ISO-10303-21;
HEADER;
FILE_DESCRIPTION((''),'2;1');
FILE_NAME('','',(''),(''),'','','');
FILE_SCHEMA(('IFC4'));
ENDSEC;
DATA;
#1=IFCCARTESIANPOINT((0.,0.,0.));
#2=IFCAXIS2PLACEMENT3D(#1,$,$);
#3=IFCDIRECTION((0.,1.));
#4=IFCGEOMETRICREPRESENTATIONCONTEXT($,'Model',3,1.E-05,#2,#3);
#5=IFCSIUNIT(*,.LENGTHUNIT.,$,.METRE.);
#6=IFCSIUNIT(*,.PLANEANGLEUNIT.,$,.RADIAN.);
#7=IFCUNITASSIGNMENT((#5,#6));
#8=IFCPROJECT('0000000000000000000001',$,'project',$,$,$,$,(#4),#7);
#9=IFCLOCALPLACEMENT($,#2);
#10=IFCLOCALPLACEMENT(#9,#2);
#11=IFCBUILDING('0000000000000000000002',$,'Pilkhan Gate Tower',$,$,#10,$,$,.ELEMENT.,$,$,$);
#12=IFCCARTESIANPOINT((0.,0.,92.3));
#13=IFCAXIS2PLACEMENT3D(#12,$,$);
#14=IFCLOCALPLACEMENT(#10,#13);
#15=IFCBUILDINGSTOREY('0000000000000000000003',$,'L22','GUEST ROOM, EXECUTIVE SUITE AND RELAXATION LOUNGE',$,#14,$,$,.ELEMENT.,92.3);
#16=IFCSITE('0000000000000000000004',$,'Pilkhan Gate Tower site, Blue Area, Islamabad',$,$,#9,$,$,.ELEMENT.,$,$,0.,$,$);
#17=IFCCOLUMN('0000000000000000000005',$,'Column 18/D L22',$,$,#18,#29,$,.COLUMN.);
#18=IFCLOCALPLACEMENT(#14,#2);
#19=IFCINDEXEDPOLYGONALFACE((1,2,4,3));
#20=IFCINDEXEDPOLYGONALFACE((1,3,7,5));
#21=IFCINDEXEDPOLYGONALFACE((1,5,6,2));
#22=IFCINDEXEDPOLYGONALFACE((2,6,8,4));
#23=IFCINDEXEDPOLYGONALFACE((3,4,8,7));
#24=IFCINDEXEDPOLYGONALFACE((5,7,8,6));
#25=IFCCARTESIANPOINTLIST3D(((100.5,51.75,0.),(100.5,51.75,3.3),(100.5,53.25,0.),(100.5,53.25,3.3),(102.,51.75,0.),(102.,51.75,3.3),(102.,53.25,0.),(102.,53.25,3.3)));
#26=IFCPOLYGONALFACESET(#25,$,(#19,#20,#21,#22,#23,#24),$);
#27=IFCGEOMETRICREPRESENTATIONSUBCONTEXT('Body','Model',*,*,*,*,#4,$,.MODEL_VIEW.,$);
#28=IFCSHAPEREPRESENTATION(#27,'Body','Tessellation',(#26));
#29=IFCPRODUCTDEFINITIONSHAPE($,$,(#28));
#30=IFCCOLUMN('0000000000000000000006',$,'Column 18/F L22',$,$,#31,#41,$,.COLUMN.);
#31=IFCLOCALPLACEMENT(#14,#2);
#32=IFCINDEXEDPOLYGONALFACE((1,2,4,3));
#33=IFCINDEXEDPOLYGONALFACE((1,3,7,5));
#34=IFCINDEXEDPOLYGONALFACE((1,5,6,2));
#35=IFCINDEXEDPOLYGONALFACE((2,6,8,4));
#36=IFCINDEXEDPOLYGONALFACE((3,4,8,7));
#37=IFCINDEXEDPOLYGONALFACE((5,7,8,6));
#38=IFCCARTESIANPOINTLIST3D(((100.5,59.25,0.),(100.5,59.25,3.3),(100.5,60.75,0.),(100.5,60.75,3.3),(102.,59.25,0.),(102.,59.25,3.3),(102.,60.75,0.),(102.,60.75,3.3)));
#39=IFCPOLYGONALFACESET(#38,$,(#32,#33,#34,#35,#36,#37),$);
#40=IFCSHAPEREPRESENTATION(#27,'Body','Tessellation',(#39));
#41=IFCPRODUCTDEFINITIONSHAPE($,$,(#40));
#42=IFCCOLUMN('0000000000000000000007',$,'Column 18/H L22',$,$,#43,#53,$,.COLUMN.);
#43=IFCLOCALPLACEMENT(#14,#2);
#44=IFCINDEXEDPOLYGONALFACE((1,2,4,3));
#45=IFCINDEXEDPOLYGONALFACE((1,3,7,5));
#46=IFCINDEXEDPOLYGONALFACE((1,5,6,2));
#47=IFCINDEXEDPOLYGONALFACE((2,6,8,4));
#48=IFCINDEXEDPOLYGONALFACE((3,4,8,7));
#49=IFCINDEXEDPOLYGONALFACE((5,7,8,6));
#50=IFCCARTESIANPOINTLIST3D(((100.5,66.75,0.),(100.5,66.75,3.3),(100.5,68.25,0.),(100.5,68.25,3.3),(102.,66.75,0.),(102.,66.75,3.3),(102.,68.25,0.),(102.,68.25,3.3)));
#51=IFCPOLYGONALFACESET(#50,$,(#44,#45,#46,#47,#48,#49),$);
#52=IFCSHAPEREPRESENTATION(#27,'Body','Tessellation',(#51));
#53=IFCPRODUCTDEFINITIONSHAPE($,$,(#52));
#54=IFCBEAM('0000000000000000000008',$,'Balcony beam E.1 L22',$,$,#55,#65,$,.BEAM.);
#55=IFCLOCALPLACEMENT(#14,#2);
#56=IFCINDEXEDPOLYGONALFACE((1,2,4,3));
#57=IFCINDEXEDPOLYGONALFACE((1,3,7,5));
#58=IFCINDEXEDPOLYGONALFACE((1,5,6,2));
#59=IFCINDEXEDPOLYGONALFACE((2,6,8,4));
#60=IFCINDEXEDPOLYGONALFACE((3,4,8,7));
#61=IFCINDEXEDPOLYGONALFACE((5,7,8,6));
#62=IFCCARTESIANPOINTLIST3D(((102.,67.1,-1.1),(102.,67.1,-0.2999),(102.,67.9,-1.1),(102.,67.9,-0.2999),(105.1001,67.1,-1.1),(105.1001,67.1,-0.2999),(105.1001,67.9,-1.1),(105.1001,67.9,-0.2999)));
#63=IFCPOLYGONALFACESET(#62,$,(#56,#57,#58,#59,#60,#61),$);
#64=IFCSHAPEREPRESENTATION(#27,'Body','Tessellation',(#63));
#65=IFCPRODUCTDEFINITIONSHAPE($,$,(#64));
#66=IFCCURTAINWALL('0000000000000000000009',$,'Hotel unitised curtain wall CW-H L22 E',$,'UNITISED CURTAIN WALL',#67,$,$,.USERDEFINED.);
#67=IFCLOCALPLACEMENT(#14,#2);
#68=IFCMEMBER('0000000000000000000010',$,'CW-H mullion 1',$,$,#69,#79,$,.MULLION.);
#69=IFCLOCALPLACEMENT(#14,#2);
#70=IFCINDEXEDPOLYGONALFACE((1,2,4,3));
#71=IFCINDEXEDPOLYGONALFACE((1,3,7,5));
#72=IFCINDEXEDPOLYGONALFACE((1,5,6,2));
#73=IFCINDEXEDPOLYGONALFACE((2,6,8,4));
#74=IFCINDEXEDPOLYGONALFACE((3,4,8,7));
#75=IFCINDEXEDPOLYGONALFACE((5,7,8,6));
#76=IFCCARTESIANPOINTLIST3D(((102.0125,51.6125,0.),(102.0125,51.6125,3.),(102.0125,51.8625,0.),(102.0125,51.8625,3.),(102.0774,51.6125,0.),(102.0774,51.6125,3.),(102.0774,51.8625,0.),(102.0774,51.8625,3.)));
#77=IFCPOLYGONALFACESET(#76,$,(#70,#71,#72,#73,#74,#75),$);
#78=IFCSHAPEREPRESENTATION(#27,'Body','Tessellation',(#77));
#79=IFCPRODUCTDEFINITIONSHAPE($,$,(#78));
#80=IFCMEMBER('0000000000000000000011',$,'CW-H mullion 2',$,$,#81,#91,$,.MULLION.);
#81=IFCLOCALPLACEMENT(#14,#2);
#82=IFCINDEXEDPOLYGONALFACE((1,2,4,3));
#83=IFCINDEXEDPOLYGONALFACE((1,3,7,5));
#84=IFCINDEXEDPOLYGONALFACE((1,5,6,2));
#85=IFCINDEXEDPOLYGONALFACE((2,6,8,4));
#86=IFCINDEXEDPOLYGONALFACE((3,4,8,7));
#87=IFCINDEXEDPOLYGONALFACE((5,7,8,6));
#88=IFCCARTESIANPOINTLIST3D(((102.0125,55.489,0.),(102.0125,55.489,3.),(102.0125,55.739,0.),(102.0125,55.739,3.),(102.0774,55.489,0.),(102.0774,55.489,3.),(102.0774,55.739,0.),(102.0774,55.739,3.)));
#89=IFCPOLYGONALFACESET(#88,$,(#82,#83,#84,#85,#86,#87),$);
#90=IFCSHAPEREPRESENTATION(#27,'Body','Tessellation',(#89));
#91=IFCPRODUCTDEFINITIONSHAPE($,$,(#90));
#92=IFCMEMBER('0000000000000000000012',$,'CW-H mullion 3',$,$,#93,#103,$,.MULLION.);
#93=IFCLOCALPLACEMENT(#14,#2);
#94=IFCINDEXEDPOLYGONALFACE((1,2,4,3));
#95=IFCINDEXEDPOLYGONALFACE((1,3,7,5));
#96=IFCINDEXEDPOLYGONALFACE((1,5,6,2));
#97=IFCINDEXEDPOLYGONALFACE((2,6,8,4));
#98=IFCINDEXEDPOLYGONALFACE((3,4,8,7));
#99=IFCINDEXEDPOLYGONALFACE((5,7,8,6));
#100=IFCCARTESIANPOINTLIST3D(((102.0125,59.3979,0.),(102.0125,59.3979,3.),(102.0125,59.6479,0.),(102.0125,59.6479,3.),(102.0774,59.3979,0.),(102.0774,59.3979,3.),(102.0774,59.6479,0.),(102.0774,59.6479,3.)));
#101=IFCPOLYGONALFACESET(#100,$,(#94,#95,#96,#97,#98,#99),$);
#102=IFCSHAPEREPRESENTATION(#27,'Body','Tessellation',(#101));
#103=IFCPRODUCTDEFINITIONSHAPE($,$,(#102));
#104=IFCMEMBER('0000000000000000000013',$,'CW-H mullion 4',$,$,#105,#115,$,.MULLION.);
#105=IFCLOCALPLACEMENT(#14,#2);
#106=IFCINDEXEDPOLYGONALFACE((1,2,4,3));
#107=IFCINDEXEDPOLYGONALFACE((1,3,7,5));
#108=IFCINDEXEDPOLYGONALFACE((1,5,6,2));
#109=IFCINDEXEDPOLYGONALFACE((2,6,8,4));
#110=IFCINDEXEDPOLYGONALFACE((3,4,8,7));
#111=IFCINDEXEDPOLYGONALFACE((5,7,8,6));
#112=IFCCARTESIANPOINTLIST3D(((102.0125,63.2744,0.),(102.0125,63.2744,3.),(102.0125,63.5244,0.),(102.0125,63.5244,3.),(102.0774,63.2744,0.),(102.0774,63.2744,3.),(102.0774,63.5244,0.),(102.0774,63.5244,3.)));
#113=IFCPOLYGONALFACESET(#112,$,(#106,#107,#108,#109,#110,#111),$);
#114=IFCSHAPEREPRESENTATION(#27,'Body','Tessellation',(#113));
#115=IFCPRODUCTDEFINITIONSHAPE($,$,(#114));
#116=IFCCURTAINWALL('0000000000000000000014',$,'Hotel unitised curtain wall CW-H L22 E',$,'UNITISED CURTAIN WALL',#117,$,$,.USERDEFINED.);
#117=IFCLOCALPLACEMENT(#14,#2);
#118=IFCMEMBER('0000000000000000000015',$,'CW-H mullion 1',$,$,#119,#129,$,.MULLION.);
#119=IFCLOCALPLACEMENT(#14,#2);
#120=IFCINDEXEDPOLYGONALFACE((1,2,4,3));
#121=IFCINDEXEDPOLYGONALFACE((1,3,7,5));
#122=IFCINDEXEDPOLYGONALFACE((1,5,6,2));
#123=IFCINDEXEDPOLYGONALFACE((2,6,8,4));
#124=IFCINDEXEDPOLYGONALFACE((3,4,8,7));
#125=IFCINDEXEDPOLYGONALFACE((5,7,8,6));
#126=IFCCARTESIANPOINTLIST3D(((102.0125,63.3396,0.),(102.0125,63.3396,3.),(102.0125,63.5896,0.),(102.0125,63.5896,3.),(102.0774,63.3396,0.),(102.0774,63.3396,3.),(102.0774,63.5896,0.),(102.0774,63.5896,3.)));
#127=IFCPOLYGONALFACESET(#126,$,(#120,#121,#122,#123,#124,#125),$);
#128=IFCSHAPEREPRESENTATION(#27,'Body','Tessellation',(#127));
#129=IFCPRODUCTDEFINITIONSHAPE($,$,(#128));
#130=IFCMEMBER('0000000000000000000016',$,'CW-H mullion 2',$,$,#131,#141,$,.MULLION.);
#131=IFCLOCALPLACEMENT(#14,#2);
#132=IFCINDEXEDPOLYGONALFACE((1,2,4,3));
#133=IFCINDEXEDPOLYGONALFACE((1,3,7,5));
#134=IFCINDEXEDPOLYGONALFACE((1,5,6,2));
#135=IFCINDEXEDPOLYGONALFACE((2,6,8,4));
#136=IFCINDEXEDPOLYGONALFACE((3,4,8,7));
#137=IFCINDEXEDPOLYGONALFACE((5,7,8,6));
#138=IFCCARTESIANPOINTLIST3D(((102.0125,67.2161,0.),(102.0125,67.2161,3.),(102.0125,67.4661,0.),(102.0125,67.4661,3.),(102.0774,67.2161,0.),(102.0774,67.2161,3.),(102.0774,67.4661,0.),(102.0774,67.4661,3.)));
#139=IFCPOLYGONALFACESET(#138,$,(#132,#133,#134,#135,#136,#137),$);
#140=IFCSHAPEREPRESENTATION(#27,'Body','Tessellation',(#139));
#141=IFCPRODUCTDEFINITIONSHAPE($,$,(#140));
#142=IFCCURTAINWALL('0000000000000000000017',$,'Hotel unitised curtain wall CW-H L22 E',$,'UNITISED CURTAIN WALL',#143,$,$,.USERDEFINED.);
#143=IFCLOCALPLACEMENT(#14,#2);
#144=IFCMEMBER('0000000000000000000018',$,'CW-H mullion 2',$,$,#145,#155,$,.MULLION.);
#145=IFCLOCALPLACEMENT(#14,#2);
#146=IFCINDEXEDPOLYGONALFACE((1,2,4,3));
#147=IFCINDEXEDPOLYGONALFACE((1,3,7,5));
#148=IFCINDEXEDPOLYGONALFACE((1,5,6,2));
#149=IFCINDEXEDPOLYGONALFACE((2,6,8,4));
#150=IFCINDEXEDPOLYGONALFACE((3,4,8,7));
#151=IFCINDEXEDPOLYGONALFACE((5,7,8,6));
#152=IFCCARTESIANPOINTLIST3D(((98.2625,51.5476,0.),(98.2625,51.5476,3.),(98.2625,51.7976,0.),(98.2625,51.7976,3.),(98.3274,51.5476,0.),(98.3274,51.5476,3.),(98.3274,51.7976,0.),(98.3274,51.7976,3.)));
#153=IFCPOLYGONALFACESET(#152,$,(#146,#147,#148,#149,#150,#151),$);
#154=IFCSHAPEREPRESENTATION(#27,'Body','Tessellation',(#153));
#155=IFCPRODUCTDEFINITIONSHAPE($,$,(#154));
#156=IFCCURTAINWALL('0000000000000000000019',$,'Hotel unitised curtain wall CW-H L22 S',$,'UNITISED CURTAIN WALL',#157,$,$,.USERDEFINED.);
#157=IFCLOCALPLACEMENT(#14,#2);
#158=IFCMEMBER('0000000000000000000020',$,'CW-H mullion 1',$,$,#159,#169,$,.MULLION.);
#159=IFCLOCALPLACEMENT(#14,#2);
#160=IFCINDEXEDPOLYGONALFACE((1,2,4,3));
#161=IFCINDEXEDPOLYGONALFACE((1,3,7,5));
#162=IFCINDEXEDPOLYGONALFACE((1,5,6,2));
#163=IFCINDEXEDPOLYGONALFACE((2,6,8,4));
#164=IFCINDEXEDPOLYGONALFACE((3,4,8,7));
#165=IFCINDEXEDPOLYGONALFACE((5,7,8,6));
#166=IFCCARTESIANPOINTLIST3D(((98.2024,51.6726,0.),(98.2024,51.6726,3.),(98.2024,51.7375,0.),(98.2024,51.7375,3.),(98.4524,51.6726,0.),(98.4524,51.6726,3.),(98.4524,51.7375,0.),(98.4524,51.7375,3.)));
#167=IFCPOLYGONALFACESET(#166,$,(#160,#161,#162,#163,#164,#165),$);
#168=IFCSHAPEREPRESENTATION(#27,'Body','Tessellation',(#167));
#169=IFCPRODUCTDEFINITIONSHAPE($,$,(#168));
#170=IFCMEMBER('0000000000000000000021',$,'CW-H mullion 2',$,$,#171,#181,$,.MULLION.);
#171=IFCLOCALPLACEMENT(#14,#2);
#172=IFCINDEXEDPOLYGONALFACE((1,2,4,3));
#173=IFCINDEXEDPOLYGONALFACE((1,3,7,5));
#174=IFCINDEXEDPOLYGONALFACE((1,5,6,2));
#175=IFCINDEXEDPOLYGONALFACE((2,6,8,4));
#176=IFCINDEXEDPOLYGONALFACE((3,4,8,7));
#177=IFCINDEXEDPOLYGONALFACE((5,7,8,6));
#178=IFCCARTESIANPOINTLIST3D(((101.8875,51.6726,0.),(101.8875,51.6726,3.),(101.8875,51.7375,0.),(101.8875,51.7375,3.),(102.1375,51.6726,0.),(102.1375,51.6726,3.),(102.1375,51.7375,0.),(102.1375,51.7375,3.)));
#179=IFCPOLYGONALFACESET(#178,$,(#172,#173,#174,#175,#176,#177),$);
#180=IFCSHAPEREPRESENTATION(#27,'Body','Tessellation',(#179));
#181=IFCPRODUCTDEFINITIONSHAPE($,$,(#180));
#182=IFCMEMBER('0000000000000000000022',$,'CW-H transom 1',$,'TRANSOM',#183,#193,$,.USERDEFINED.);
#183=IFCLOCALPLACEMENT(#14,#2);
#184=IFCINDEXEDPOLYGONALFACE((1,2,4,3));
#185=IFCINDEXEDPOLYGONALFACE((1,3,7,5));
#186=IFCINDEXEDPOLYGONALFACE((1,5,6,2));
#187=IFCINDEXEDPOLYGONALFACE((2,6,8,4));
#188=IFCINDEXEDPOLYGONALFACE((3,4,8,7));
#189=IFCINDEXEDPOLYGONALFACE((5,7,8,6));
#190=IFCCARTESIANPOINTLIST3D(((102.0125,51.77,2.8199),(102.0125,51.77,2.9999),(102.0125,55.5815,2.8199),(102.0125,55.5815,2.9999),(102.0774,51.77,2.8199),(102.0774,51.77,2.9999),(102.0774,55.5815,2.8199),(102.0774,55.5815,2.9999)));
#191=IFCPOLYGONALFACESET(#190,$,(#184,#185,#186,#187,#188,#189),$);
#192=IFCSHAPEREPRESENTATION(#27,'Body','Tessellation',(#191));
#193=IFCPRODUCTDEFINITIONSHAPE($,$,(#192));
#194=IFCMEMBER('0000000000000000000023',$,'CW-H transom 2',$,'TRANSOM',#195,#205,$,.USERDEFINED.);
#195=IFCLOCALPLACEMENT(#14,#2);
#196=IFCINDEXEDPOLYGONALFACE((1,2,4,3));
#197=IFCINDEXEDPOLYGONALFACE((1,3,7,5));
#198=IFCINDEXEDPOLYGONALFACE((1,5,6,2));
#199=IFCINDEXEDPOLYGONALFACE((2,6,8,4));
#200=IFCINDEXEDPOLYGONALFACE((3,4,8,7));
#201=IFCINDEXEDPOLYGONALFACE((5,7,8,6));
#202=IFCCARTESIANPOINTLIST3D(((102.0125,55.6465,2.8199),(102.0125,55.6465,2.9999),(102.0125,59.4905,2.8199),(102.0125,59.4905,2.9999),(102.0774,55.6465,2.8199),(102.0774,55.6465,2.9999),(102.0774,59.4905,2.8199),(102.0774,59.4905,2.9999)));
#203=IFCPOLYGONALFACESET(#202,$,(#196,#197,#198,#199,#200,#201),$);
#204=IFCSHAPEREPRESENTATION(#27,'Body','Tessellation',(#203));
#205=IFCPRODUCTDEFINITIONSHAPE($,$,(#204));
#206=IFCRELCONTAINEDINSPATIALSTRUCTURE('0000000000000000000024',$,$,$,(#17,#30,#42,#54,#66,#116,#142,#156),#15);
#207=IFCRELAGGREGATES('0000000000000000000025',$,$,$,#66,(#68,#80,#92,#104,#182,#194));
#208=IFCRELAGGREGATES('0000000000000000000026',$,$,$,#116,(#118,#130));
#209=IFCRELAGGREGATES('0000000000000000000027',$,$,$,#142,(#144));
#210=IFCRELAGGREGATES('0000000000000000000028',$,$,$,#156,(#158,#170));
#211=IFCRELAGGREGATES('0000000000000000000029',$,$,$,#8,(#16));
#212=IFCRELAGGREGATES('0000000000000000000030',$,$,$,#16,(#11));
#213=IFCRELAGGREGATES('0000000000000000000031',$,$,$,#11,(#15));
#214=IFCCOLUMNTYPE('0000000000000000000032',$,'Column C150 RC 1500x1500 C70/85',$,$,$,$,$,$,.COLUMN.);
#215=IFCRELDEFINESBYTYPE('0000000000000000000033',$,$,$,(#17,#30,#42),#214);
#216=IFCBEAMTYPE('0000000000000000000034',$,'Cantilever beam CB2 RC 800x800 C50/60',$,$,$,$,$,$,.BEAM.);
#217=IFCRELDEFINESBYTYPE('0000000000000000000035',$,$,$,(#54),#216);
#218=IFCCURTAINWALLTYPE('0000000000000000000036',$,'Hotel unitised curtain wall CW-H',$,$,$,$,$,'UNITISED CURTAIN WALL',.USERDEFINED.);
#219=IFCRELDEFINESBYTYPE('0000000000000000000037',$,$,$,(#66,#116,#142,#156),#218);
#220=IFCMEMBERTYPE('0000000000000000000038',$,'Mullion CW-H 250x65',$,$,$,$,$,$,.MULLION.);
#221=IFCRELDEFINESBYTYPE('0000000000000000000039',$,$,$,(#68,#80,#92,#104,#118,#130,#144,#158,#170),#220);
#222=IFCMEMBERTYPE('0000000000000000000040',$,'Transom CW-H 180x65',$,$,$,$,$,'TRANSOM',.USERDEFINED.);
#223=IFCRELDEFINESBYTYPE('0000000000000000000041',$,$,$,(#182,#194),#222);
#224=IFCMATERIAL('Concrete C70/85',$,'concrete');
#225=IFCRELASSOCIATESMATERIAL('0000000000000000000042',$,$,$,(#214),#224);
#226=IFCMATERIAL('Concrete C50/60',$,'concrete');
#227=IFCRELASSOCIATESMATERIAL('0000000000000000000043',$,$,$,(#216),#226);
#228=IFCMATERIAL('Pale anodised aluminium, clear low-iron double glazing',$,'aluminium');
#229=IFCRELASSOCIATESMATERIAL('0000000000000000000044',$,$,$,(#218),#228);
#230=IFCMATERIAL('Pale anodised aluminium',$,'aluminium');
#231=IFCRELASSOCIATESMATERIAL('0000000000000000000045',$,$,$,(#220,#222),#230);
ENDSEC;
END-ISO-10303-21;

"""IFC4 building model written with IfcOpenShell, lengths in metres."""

from ifc_helpers import new_model, si_unit, direction, frame, origin, origin_2d, place, context, subcontext, project, spatial, rectangle, extrude, material, material_profile, profile_set, type_object, element, aggregate, save


model = new_model("IFC4")

# Units and contexts
model_context = context("Model", 3, precision=1e-05, world=origin(), true_north=direction((0.0, 1.0)))
body_context = subcontext(model_context, "Body", "Model", "MODEL_VIEW")
ifc_project = project(units=[si_unit("LENGTHUNIT", "METRE"), si_unit("PLANEANGLEUNIT", "RADIAN")], contexts=[model_context])

# Site, building, storey
site_placement = place(None, origin())
site = spatial("IfcSite", under=ifc_project, at=site_placement, Name="Pilkhan Gate Tower site, Blue Area, Islamabad", CompositionType="ELEMENT", RefElevation=0.0)
building_placement = place(site_placement, origin())
building = spatial("IfcBuilding", under=site, at=building_placement, Name="Pilkhan Gate Tower", CompositionType="ELEMENT")
storey_placement = place(building_placement, frame((0.0, 0.0, 92.3)))
storey = spatial("IfcBuildingStorey", under=building, at=storey_placement, Name="L22", Description="GUEST ROOM, EXECUTIVE SUITE AND RELAXATION LOUNGE", CompositionType="ELEMENT", Elevation=92.3)

# Columns
ifc_material_1 = material(Name="Concrete C70/85", Category="concrete")
ifc_material_profile_1 = material_profile(ifc_material_1, rectangle(XDim=1.5, YDim=1.5, at=origin_2d()), Name="RC 1500x1500")
ifc_profile_set_1 = profile_set([ifc_material_profile_1], Name="Concrete C70/85")
column_type = type_object("IfcColumnType", Name="Column C150 RC 1500x1500 C70/85", PredefinedType="COLUMN", material=ifc_profile_set_1)
for number, where, z_axis, x_axis, name in (
    (1, (101.25, 52.5, 0.0), (0.0, 0.0, 1.0), (1.0, 0.0, 0.0), "Column 18/D L22"),
    (2, (101.25, 60.0, 0.0), (0.0, 0.0, 1.0), (1.0, 0.0, 0.0), "Column 18/F L22"),
    (3, (101.25, 67.5, 0.0), (0.0, 0.0, 1.0), (1.0, 0.0, 0.0), "Column 18/H L22"),
):
    element("IfcColumn", number, at=place(storey_placement, frame(where, z_axis=z_axis, x_axis=x_axis)), inside=storey, type_object=column_type, Name=name, PredefinedType="COLUMN", context=body_context, shape_type="SweptSolid", body=[
        extrude(rectangle(XDim=1.5, YDim=1.5, at=origin_2d()), origin(), (0.0, 0.0, 1.0), 3.3),
    ])

# Beam
ifc_material_2 = material(Name="Concrete C50/60", Category="concrete")
ifc_material_profile_2 = material_profile(ifc_material_2, rectangle(XDim=0.8, YDim=0.8, at=origin_2d()), Name="RC 800x800")
ifc_profile_set_2 = profile_set([ifc_material_profile_2], Name="Concrete C50/60")
beam_type = type_object("IfcBeamType", Name="Cantilever beam CB2 RC 800x800 C50/60", PredefinedType="BEAM", material=ifc_profile_set_2)
beam_placement = place(storey_placement, frame((102.0, 67.5, -0.7), z_axis=(1.0, 0.0, 0.0), x_axis=(0.0, 1.0, 0.0)))
element("IfcBeam", 4, at=beam_placement, inside=storey, type_object=beam_type, Name="Balcony beam E.1 L22", PredefinedType="BEAM", context=body_context, shape_type="SweptSolid", body=[
    extrude(rectangle(XDim=0.8, YDim=0.8, at=origin_2d()), origin(), (0.0, 0.0, 1.0), 3.1001),
])

# Curtain walls, members
ifc_material_3 = material(Name="Pale anodised aluminium, clear low-iron double glazing", Category="aluminium")
curtain_wall_type = type_object("IfcCurtainWallType", Name="Hotel unitised curtain wall CW-H", ElementType="UNITISED CURTAIN WALL", PredefinedType="USERDEFINED", material=ifc_material_3)
curtain_wall_1_placement = place(storey_placement, origin())
curtain_wall_1 = element("IfcCurtainWall", 5, at=curtain_wall_1_placement, inside=storey, type_object=curtain_wall_type, Name="Hotel unitised curtain wall CW-H L22 E", ObjectType="UNITISED CURTAIN WALL", PredefinedType="USERDEFINED")
ifc_material_4 = material(Name="Pale anodised aluminium", Category="aluminium")
ifc_material_profile_3 = material_profile(ifc_material_4, rectangle(XDim=0.0649, YDim=0.25, at=origin_2d()), Name="Mullion 250x65")
ifc_profile_set_3 = profile_set([ifc_material_profile_3], Name="Pale anodised aluminium")
member_type_1 = type_object("IfcMemberType", Name="Mullion CW-H 250x65", PredefinedType="MULLION", material=ifc_profile_set_3)
member_1_placement = place(storey_placement, frame((102.0449, 51.7375, 0.0), z_axis=(0.0, 0.0, 1.0), x_axis=(-1.0, 0.0, 0.0)))
member_1 = element("IfcMember", 6, at=member_1_placement, type_object=member_type_1, Name="CW-H mullion 1", PredefinedType="MULLION", context=body_context, shape_type="SweptSolid", body=[
    extrude(rectangle(XDim=0.0649, YDim=0.25, at=origin_2d()), origin(), (0.0, 0.0, 1.0), 3.0),
])
member_2_placement = place(storey_placement, frame((102.0449, 55.614, 0.0), z_axis=(0.0, 0.0, 1.0), x_axis=(-1.0, 0.0, 0.0)))
member_2 = element("IfcMember", 7, at=member_2_placement, type_object=member_type_1, Name="CW-H mullion 2", PredefinedType="MULLION", context=body_context, shape_type="SweptSolid", body=[
    extrude(rectangle(XDim=0.0649, YDim=0.25, at=origin_2d()), origin(), (0.0, 0.0, 1.0), 3.0),
])
member_3_placement = place(storey_placement, frame((102.0449, 59.5229, 0.0), z_axis=(0.0, 0.0, 1.0), x_axis=(-1.0, 0.0, 0.0)))
member_3 = element("IfcMember", 8, at=member_3_placement, type_object=member_type_1, Name="CW-H mullion 3", PredefinedType="MULLION", context=body_context, shape_type="SweptSolid", body=[
    extrude(rectangle(XDim=0.0649, YDim=0.25, at=origin_2d()), origin(), (0.0, 0.0, 1.0), 3.0),
])
member_4_placement = place(storey_placement, frame((102.0449, 63.3994, 0.0), z_axis=(0.0, 0.0, 1.0), x_axis=(-1.0, 0.0, 0.0)))
member_4 = element("IfcMember", 9, at=member_4_placement, type_object=member_type_1, Name="CW-H mullion 4", PredefinedType="MULLION", context=body_context, shape_type="SweptSolid", body=[
    extrude(rectangle(XDim=0.0649, YDim=0.25, at=origin_2d()), origin(), (0.0, 0.0, 1.0), 3.0),
])
curtain_wall_2_placement = place(storey_placement, origin())
curtain_wall_2 = element("IfcCurtainWall", 10, at=curtain_wall_2_placement, inside=storey, type_object=curtain_wall_type, Name="Hotel unitised curtain wall CW-H L22 E", ObjectType="UNITISED CURTAIN WALL", PredefinedType="USERDEFINED")
member_5_placement = place(storey_placement, frame((102.0449, 63.4646, 0.0), z_axis=(0.0, 0.0, 1.0), x_axis=(-1.0, 0.0, 0.0)))
member_5 = element("IfcMember", 11, at=member_5_placement, type_object=member_type_1, Name="CW-H mullion 1", PredefinedType="MULLION", context=body_context, shape_type="SweptSolid", body=[
    extrude(rectangle(XDim=0.0649, YDim=0.25, at=origin_2d()), origin(), (0.0, 0.0, 1.0), 3.0),
])
member_6_placement = place(storey_placement, frame((102.0449, 67.3411, 0.0), z_axis=(0.0, 0.0, 1.0), x_axis=(-1.0, 0.0, 0.0)))
member_6 = element("IfcMember", 12, at=member_6_placement, type_object=member_type_1, Name="CW-H mullion 2", PredefinedType="MULLION", context=body_context, shape_type="SweptSolid", body=[
    extrude(rectangle(XDim=0.0649, YDim=0.25, at=origin_2d()), origin(), (0.0, 0.0, 1.0), 3.0),
])

# Curtain wall, member
curtain_wall_3_placement = place(storey_placement, origin())
curtain_wall_3 = element("IfcCurtainWall", 13, at=curtain_wall_3_placement, inside=storey, type_object=curtain_wall_type, Name="Hotel unitised curtain wall CW-H L22 E", ObjectType="UNITISED CURTAIN WALL", PredefinedType="USERDEFINED")
member_7_placement = place(storey_placement, frame((98.2949, 51.6726, 0.0), z_axis=(0.0, 0.0, 1.0), x_axis=(-1.0, 0.0, 0.0)))
member_7 = element("IfcMember", 14, at=member_7_placement, type_object=member_type_1, Name="CW-H mullion 2", PredefinedType="MULLION", context=body_context, shape_type="SweptSolid", body=[
    extrude(rectangle(XDim=0.0649, YDim=0.25, at=origin_2d()), origin(), (0.0, 0.0, 1.0), 3.0),
])

# Curtain wall, members
curtain_wall_4_placement = place(storey_placement, origin())
curtain_wall_4 = element("IfcCurtainWall", 15, at=curtain_wall_4_placement, inside=storey, type_object=curtain_wall_type, Name="Hotel unitised curtain wall CW-H L22 S", ObjectType="UNITISED CURTAIN WALL", PredefinedType="USERDEFINED")
member_8_placement = place(storey_placement, frame((98.3274, 51.7051, 0.0), z_axis=(0.0, 0.0, 1.0), x_axis=(0.0, 1.0, 0.0)))
member_8 = element("IfcMember", 16, at=member_8_placement, type_object=member_type_1, Name="CW-H mullion 1", PredefinedType="MULLION", context=body_context, shape_type="SweptSolid", body=[
    extrude(rectangle(XDim=0.0649, YDim=0.25, at=origin_2d()), origin(), (0.0, 0.0, 1.0), 3.0),
])
member_9_placement = place(storey_placement, frame((102.0125, 51.7051, 0.0), z_axis=(0.0, 0.0, 1.0), x_axis=(0.0, 1.0, 0.0)))
member_9 = element("IfcMember", 17, at=member_9_placement, type_object=member_type_1, Name="CW-H mullion 2", PredefinedType="MULLION", context=body_context, shape_type="SweptSolid", body=[
    extrude(rectangle(XDim=0.0649, YDim=0.25, at=origin_2d()), origin(), (0.0, 0.0, 1.0), 3.0),
])

# Members
ifc_material_profile_4 = material_profile(ifc_material_4, rectangle(XDim=0.0649, YDim=0.1799, at=origin_2d()), Name="Transom 180x65")
ifc_profile_set_4 = profile_set([ifc_material_profile_4], Name="Pale anodised aluminium")
member_type_2 = type_object("IfcMemberType", Name="Transom CW-H 180x65", ElementType="TRANSOM", PredefinedType="USERDEFINED", material=ifc_profile_set_4)
member_10_placement = place(storey_placement, frame((102.0449, 51.77, 2.9099), z_axis=(0.0, 1.0, 0.0), x_axis=(-1.0, 0.0, 0.0)))
member_10 = element("IfcMember", 18, at=member_10_placement, type_object=member_type_2, Name="CW-H transom 1", ObjectType="TRANSOM", PredefinedType="USERDEFINED", context=body_context, shape_type="SweptSolid", body=[
    extrude(rectangle(XDim=0.0649, YDim=0.1799, at=origin_2d()), origin(), (0.0, 0.0, 1.0), 3.8115),
])
member_11_placement = place(storey_placement, frame((102.0449, 55.6465, 2.9099), z_axis=(0.0, 1.0, 0.0), x_axis=(-1.0, 0.0, 0.0)))
member_11 = element("IfcMember", 19, at=member_11_placement, type_object=member_type_2, Name="CW-H transom 2", ObjectType="TRANSOM", PredefinedType="USERDEFINED", context=body_context, shape_type="SweptSolid", body=[
    extrude(rectangle(XDim=0.0649, YDim=0.1799, at=origin_2d()), origin(), (0.0, 0.0, 1.0), 3.844),
])

aggregate(curtain_wall_1, [member_1, member_2, member_3, member_4, member_10, member_11])
aggregate(curtain_wall_2, [member_5, member_6])
aggregate(curtain_wall_3, [member_7])
aggregate(curtain_wall_4, [member_8, member_9])

save(model, "model.ifc")
